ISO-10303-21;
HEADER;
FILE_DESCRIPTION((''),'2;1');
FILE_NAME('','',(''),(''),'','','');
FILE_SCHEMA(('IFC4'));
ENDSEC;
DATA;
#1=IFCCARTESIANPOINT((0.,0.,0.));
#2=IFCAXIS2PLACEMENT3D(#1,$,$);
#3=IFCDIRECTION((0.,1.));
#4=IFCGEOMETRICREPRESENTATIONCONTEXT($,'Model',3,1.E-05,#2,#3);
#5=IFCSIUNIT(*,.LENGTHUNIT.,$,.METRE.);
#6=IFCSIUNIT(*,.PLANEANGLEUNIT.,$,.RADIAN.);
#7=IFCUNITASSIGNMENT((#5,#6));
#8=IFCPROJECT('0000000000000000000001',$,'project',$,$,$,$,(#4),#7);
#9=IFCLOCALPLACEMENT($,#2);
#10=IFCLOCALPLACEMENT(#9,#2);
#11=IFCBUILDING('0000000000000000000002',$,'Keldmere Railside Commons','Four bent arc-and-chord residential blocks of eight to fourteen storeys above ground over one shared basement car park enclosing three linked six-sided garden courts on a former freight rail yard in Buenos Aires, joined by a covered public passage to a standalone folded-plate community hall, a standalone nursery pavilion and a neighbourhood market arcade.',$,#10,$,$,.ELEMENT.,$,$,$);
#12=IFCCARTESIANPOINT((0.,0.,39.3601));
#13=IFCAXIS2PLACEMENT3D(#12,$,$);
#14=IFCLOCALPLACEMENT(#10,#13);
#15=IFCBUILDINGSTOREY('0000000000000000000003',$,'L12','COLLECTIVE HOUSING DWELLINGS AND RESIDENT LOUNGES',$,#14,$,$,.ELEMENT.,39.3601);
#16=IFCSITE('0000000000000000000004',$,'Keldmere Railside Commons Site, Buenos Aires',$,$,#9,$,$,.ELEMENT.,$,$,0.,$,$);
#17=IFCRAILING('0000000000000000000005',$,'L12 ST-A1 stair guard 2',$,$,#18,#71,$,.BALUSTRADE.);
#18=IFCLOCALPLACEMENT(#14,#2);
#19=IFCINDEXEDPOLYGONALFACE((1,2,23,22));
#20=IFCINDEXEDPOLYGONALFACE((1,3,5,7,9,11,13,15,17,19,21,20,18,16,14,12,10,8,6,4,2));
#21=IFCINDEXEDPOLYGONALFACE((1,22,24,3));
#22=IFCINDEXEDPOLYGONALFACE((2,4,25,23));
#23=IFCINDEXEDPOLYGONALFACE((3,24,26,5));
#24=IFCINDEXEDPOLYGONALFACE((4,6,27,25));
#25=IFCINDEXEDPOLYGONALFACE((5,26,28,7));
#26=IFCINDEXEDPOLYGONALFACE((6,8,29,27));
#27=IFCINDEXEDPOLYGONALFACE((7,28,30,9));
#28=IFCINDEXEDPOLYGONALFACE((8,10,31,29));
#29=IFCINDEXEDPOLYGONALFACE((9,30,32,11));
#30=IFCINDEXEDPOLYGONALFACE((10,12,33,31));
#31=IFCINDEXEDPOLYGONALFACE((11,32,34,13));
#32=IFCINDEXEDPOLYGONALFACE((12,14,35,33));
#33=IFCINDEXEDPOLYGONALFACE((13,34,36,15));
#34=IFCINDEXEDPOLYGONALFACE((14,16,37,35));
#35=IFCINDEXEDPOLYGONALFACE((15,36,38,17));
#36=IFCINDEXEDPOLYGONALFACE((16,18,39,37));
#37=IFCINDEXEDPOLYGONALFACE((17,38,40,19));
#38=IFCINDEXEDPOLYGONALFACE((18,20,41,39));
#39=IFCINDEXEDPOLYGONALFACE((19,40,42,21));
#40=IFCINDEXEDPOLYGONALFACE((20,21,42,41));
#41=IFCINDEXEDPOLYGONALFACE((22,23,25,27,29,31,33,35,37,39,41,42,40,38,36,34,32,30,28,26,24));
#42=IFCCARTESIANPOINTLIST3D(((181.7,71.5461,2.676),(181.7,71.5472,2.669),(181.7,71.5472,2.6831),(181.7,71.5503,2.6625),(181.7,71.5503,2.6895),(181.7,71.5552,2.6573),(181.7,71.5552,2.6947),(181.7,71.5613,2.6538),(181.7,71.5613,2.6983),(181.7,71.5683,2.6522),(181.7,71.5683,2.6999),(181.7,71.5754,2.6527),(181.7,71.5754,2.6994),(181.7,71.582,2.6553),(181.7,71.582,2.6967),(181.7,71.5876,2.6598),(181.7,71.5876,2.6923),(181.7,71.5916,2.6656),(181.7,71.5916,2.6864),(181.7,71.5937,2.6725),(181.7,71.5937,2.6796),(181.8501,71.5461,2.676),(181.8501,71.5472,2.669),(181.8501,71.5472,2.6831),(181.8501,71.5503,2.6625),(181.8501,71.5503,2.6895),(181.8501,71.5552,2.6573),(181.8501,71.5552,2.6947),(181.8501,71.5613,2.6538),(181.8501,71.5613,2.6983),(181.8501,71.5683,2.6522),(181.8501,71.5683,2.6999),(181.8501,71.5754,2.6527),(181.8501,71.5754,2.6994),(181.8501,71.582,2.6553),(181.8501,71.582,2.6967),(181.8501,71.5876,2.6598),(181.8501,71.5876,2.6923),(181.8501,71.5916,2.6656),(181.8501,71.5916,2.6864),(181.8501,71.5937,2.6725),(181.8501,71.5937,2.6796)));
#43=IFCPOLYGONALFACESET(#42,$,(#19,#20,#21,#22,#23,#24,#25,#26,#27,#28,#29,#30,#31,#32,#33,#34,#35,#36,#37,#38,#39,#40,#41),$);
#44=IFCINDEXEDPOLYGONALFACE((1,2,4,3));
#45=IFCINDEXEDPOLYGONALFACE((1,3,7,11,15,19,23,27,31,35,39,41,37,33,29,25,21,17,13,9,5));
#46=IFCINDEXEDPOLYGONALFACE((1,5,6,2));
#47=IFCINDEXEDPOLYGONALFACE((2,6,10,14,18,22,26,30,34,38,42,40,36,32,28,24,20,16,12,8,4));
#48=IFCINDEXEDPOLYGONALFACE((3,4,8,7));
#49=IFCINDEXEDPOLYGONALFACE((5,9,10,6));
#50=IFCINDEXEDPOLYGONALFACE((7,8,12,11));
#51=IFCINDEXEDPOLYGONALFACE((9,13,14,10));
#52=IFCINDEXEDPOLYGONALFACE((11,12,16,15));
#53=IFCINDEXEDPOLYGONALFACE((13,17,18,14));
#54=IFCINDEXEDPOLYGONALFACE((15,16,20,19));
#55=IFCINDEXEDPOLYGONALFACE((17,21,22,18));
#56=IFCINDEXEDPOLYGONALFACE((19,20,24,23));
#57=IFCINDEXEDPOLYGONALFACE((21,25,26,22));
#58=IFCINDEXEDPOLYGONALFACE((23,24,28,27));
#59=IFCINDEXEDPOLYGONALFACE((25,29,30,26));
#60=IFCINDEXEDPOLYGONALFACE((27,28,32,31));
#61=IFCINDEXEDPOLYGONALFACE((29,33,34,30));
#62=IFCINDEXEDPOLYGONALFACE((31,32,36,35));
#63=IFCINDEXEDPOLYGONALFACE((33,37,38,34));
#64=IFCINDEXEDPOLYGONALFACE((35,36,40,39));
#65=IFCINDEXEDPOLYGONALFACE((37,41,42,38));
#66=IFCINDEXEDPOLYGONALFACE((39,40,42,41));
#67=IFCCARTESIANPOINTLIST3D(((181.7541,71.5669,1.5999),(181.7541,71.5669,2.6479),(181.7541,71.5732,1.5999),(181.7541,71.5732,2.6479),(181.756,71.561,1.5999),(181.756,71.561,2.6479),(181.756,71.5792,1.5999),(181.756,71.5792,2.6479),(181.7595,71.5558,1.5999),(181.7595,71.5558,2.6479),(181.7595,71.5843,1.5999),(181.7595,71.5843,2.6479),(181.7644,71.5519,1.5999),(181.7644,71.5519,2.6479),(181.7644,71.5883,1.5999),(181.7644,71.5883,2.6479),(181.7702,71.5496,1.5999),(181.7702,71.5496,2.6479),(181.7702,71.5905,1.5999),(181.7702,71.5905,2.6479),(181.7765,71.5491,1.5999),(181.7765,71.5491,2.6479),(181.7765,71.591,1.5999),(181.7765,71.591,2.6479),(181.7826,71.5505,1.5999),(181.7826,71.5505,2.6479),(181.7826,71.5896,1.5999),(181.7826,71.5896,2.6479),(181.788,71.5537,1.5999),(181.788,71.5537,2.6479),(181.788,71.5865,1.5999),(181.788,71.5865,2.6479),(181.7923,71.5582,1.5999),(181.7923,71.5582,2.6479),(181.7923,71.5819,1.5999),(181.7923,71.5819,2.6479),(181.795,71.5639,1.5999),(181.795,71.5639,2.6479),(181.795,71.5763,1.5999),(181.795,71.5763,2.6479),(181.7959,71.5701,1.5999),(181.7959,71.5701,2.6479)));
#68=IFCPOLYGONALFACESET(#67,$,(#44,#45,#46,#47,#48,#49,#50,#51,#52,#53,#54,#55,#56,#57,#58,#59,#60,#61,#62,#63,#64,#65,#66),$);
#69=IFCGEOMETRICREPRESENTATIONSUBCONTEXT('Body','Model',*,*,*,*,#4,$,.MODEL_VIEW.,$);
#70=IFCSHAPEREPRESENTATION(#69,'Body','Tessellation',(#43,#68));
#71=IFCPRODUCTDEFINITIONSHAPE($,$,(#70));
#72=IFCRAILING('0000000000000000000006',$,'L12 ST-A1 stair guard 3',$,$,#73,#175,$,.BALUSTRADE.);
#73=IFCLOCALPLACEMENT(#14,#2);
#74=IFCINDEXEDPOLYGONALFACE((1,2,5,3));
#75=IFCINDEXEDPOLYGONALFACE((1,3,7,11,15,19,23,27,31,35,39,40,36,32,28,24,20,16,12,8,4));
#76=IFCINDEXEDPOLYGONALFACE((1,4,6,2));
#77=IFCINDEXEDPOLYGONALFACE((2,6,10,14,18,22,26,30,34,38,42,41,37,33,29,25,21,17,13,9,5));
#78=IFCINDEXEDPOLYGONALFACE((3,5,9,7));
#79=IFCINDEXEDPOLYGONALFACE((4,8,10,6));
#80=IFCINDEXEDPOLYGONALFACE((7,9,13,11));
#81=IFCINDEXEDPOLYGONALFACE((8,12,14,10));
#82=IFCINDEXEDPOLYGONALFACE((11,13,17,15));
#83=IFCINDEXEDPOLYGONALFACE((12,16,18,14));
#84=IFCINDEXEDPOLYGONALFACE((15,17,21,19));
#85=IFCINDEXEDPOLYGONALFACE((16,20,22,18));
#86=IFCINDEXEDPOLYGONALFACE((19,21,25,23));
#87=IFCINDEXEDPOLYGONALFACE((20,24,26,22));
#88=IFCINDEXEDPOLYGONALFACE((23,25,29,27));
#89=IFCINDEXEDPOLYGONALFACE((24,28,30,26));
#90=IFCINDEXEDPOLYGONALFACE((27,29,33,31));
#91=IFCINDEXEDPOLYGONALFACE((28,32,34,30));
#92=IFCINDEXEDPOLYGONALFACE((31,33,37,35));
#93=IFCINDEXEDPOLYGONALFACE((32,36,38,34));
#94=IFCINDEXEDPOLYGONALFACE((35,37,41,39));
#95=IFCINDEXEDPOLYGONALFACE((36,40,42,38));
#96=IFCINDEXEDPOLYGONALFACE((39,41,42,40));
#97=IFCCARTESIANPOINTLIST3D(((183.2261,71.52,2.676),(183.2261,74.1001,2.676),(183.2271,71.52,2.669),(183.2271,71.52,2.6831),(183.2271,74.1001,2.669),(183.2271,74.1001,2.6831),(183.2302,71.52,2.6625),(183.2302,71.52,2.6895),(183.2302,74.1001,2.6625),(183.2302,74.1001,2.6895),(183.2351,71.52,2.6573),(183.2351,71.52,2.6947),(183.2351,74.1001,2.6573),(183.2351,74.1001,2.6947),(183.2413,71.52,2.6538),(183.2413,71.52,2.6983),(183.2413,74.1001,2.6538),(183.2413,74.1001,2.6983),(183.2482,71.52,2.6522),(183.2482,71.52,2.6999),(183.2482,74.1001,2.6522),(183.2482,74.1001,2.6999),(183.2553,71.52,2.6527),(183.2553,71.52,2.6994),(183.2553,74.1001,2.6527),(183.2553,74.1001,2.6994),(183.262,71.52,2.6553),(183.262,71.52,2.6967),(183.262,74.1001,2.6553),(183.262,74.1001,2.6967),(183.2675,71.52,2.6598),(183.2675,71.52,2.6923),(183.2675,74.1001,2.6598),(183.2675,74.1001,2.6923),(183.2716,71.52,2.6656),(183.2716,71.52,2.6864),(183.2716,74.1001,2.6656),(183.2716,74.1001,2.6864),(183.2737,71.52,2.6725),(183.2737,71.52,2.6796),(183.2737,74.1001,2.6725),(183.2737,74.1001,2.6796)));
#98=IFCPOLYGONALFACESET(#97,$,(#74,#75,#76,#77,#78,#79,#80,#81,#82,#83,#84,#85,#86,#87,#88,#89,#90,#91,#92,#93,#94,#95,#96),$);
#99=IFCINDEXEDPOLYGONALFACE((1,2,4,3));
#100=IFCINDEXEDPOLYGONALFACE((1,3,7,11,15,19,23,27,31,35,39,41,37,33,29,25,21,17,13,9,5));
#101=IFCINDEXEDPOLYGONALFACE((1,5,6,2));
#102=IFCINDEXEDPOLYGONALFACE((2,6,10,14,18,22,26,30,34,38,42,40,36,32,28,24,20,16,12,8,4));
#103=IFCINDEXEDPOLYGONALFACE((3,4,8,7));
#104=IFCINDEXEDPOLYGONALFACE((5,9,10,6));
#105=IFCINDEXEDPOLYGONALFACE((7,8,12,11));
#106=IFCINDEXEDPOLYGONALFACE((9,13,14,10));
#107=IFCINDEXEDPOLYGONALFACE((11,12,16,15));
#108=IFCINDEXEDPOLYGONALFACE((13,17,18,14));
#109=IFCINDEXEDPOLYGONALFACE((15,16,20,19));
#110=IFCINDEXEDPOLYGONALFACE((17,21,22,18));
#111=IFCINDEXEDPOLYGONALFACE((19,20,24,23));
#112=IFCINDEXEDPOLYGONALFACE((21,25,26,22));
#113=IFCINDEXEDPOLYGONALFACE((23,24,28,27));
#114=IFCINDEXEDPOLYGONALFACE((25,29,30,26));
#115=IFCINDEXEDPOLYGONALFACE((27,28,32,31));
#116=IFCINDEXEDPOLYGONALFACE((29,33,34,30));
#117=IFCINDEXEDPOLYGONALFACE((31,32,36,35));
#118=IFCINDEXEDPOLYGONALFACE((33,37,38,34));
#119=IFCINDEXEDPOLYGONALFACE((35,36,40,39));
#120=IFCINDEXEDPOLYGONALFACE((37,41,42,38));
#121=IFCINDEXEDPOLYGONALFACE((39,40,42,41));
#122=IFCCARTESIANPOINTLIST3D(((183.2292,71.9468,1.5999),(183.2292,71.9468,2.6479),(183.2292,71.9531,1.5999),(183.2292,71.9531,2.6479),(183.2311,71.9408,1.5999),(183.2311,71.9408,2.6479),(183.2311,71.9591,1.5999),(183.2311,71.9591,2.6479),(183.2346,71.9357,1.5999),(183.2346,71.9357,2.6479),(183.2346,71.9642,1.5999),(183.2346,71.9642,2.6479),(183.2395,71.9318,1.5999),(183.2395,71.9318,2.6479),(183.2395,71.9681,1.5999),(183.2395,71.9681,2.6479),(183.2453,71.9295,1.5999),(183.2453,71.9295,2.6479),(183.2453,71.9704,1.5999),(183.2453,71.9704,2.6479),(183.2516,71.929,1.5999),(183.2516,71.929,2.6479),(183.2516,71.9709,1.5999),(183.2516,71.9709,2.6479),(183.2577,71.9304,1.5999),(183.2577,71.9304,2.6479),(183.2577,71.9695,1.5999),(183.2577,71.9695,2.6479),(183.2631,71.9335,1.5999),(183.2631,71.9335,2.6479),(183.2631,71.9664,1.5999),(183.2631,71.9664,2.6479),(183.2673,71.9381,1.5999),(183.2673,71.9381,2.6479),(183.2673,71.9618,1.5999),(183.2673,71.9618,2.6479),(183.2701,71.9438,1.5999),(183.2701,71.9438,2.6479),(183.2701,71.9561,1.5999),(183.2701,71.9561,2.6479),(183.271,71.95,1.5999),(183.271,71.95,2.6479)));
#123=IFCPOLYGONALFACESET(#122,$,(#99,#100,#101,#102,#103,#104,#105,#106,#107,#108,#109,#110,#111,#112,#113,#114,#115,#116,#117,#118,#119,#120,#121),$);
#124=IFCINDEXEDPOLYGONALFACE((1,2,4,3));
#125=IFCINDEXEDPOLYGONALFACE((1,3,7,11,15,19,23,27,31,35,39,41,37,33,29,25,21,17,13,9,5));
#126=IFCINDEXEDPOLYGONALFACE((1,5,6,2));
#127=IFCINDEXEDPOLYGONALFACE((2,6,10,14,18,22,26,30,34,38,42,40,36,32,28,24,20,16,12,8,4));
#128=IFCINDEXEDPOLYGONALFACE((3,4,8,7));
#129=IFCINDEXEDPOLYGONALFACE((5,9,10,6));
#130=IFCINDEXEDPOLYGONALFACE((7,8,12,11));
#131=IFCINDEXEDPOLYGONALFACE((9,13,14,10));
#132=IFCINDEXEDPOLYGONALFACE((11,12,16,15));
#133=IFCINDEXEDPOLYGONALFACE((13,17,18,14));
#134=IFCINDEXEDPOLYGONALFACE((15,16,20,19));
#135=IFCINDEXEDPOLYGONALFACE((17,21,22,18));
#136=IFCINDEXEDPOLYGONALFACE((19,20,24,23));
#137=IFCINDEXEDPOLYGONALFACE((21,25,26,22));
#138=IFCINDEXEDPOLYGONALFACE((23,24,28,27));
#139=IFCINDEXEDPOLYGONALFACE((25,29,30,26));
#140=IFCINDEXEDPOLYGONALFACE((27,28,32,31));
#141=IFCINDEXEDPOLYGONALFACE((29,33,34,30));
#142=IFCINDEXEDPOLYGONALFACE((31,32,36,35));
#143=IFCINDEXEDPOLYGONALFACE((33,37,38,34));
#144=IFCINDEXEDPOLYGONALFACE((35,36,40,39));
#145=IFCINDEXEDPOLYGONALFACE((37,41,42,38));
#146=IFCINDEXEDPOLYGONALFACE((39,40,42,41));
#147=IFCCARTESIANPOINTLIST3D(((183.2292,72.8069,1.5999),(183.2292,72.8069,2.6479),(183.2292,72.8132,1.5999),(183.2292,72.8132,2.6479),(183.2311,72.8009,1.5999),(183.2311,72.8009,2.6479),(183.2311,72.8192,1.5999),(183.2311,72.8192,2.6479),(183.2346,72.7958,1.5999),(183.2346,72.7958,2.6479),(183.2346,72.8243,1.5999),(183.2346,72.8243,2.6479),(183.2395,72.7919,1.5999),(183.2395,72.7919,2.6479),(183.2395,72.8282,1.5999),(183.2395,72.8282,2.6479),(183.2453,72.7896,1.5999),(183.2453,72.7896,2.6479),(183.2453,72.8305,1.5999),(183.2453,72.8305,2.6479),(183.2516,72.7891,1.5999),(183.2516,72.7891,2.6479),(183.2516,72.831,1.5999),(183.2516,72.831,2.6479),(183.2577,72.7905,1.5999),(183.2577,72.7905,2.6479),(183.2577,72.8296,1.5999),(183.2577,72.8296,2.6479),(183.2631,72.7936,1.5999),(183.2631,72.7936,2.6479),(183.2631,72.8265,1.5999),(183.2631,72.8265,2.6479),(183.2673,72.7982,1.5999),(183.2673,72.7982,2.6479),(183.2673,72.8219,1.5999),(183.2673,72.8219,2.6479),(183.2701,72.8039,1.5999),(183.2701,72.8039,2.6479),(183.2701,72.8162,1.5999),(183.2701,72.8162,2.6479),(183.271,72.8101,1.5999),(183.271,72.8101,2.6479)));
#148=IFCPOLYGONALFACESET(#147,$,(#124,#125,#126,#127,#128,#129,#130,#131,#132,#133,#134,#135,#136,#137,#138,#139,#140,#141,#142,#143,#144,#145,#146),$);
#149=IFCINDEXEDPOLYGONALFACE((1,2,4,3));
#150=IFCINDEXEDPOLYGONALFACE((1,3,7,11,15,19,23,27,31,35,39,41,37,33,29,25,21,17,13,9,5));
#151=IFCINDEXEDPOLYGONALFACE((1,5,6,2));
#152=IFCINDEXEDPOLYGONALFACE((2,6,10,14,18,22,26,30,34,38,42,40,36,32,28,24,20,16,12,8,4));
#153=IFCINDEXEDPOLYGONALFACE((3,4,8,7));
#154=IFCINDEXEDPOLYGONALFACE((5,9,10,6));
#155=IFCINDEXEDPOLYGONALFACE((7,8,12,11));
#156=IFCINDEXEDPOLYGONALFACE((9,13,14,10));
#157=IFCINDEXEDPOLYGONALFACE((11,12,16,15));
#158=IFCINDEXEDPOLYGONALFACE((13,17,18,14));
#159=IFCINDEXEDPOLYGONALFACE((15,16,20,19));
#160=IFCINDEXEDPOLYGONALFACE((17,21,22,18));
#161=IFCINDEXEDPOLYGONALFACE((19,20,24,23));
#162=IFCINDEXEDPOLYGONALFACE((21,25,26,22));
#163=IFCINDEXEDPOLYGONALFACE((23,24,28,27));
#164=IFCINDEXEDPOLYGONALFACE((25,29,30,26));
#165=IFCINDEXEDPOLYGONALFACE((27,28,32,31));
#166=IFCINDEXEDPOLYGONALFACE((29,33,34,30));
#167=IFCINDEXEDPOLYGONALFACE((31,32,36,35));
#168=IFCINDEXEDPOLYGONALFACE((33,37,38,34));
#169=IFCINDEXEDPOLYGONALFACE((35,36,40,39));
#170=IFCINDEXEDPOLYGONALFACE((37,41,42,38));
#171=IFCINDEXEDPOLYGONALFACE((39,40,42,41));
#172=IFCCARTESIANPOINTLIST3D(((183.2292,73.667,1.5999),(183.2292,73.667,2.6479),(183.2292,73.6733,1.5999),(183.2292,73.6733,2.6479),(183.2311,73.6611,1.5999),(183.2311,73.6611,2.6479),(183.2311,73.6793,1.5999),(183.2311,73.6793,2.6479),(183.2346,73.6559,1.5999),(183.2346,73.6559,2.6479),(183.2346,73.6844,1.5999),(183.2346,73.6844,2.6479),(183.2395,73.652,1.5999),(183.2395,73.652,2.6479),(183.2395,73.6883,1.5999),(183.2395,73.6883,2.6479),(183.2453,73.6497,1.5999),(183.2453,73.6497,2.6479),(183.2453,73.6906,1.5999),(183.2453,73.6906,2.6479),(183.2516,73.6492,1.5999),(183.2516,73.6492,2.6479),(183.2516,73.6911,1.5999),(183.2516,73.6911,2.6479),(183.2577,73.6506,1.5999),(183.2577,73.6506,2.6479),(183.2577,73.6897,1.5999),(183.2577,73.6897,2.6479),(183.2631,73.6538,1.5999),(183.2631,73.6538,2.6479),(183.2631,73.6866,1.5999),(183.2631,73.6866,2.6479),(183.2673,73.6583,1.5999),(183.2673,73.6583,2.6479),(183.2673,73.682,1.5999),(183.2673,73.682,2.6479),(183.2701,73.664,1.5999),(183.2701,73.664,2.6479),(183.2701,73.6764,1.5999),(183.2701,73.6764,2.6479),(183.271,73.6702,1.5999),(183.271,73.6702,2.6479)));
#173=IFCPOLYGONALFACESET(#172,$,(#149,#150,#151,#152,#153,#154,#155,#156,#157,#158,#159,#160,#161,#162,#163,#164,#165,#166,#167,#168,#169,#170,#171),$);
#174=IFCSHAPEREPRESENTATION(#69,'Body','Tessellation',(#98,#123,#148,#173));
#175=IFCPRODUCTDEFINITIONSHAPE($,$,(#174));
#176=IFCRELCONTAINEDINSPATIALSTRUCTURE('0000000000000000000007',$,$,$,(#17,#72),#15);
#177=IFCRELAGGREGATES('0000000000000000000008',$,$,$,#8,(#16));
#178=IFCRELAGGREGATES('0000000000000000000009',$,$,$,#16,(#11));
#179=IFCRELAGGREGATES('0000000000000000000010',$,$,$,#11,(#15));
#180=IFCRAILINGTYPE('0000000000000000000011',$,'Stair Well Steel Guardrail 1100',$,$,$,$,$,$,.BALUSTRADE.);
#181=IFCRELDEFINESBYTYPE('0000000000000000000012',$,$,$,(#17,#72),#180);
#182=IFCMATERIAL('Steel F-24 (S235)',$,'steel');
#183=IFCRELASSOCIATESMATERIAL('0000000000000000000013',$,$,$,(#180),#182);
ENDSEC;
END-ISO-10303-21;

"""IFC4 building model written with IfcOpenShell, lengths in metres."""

from ifc_helpers import new_model, si_unit, direction, frame, origin, origin_2d, place, context, subcontext, project, spatial, circle, extrude, material, type_object, element, save


model = new_model("IFC4")

# Units and contexts
model_context = context("Model", 3, precision=1e-05, world=origin(), true_north=direction((0.0, 1.0)))
body_context = subcontext(model_context, "Body", "Model", "MODEL_VIEW")
ifc_project = project(units=[si_unit("LENGTHUNIT", "METRE"), si_unit("PLANEANGLEUNIT", "RADIAN")], contexts=[model_context])

# Site, building, storey
site_placement = place(None, origin())
site = spatial("IfcSite", under=ifc_project, at=site_placement, Name="Keldmere Railside Commons Site, Buenos Aires", CompositionType="ELEMENT", RefElevation=0.0)
building_placement = place(site_placement, origin())
building = spatial("IfcBuilding", under=site, at=building_placement, Name="Keldmere Railside Commons", Description="Four bent arc-and-chord residential blocks of eight to fourteen storeys above ground over one shared basement car park enclosing three linked six-sided garden courts on a former freight rail yard in Buenos Aires, joined by a covered public passage to a standalone folded-plate community hall, a standalone nursery pavilion and a neighbourhood market arcade.", CompositionType="ELEMENT")
storey_placement = place(building_placement, frame((0.0, 0.0, 39.3601)))
storey = spatial("IfcBuildingStorey", under=building, at=storey_placement, Name="L12", Description="COLLECTIVE HOUSING DWELLINGS AND RESIDENT LOUNGES", CompositionType="ELEMENT", Elevation=39.3601)

# Railings
ifc_material_1 = material(Name="Steel F-24 (S235)", Category="steel")
railing_type_1 = type_object("IfcRailingType", Name="Stair Well Steel Guardrail 1100", PredefinedType="BALUSTRADE", material=ifc_material_1)
railing_1_placement = place(storey_placement, frame((181.8501, 71.5701, 1.5999)))
element("IfcRailing", 1, at=railing_1_placement, inside=storey, type_object=railing_type_1, Name="L12 ST-A1 stair guard 2", PredefinedType="BALUSTRADE", context=body_context, shape_type="SweptSolid", body=[
    extrude(circle(Radius=0.0239, at=origin_2d()), frame((0.0, 0.0, 1.0762), z_axis=(-1.0, 0.0, 0.0), x_axis=(0.0, -1.0, 0.0)), (0.0, 0.0, 1.0), 0.1501),
    extrude(circle(Radius=0.021, at=origin_2d()), frame((-0.0752, 0.0, 0.0)), (0.0, 0.0, 1.0), 1.0481),
])
for number, where, name in (
    (2, (183.25, 71.52, 1.5999), "L12 ST-A1 stair guard 3"),
):
    element("IfcRailing", number, at=place(storey_placement, frame(where)), inside=storey, type_object=railing_type_1, Name=name, PredefinedType="BALUSTRADE", context=body_context, shape_type="SweptSolid", body=[
        extrude(circle(Radius=0.0239, at=origin_2d()), frame((0.0, 0.0, 1.0762), z_axis=(0.0, 1.0, 0.0), x_axis=(-1.0, 0.0, 0.0)), (0.0, 0.0, 1.0), 2.5801),
        extrude(circle(Radius=0.021, at=origin_2d()), frame((0.0, 0.4299, 0.0)), (0.0, 0.0, 1.0), 1.0481),
        extrude(circle(Radius=0.021, at=origin_2d()), frame((0.0, 1.29, 0.0)), (0.0, 0.0, 1.0), 1.0481),
        extrude(circle(Radius=0.021, at=origin_2d()), frame((0.0, 2.1501, 0.0)), (0.0, 0.0, 1.0), 1.0481),
    ])

save(model, "model.ifc")
